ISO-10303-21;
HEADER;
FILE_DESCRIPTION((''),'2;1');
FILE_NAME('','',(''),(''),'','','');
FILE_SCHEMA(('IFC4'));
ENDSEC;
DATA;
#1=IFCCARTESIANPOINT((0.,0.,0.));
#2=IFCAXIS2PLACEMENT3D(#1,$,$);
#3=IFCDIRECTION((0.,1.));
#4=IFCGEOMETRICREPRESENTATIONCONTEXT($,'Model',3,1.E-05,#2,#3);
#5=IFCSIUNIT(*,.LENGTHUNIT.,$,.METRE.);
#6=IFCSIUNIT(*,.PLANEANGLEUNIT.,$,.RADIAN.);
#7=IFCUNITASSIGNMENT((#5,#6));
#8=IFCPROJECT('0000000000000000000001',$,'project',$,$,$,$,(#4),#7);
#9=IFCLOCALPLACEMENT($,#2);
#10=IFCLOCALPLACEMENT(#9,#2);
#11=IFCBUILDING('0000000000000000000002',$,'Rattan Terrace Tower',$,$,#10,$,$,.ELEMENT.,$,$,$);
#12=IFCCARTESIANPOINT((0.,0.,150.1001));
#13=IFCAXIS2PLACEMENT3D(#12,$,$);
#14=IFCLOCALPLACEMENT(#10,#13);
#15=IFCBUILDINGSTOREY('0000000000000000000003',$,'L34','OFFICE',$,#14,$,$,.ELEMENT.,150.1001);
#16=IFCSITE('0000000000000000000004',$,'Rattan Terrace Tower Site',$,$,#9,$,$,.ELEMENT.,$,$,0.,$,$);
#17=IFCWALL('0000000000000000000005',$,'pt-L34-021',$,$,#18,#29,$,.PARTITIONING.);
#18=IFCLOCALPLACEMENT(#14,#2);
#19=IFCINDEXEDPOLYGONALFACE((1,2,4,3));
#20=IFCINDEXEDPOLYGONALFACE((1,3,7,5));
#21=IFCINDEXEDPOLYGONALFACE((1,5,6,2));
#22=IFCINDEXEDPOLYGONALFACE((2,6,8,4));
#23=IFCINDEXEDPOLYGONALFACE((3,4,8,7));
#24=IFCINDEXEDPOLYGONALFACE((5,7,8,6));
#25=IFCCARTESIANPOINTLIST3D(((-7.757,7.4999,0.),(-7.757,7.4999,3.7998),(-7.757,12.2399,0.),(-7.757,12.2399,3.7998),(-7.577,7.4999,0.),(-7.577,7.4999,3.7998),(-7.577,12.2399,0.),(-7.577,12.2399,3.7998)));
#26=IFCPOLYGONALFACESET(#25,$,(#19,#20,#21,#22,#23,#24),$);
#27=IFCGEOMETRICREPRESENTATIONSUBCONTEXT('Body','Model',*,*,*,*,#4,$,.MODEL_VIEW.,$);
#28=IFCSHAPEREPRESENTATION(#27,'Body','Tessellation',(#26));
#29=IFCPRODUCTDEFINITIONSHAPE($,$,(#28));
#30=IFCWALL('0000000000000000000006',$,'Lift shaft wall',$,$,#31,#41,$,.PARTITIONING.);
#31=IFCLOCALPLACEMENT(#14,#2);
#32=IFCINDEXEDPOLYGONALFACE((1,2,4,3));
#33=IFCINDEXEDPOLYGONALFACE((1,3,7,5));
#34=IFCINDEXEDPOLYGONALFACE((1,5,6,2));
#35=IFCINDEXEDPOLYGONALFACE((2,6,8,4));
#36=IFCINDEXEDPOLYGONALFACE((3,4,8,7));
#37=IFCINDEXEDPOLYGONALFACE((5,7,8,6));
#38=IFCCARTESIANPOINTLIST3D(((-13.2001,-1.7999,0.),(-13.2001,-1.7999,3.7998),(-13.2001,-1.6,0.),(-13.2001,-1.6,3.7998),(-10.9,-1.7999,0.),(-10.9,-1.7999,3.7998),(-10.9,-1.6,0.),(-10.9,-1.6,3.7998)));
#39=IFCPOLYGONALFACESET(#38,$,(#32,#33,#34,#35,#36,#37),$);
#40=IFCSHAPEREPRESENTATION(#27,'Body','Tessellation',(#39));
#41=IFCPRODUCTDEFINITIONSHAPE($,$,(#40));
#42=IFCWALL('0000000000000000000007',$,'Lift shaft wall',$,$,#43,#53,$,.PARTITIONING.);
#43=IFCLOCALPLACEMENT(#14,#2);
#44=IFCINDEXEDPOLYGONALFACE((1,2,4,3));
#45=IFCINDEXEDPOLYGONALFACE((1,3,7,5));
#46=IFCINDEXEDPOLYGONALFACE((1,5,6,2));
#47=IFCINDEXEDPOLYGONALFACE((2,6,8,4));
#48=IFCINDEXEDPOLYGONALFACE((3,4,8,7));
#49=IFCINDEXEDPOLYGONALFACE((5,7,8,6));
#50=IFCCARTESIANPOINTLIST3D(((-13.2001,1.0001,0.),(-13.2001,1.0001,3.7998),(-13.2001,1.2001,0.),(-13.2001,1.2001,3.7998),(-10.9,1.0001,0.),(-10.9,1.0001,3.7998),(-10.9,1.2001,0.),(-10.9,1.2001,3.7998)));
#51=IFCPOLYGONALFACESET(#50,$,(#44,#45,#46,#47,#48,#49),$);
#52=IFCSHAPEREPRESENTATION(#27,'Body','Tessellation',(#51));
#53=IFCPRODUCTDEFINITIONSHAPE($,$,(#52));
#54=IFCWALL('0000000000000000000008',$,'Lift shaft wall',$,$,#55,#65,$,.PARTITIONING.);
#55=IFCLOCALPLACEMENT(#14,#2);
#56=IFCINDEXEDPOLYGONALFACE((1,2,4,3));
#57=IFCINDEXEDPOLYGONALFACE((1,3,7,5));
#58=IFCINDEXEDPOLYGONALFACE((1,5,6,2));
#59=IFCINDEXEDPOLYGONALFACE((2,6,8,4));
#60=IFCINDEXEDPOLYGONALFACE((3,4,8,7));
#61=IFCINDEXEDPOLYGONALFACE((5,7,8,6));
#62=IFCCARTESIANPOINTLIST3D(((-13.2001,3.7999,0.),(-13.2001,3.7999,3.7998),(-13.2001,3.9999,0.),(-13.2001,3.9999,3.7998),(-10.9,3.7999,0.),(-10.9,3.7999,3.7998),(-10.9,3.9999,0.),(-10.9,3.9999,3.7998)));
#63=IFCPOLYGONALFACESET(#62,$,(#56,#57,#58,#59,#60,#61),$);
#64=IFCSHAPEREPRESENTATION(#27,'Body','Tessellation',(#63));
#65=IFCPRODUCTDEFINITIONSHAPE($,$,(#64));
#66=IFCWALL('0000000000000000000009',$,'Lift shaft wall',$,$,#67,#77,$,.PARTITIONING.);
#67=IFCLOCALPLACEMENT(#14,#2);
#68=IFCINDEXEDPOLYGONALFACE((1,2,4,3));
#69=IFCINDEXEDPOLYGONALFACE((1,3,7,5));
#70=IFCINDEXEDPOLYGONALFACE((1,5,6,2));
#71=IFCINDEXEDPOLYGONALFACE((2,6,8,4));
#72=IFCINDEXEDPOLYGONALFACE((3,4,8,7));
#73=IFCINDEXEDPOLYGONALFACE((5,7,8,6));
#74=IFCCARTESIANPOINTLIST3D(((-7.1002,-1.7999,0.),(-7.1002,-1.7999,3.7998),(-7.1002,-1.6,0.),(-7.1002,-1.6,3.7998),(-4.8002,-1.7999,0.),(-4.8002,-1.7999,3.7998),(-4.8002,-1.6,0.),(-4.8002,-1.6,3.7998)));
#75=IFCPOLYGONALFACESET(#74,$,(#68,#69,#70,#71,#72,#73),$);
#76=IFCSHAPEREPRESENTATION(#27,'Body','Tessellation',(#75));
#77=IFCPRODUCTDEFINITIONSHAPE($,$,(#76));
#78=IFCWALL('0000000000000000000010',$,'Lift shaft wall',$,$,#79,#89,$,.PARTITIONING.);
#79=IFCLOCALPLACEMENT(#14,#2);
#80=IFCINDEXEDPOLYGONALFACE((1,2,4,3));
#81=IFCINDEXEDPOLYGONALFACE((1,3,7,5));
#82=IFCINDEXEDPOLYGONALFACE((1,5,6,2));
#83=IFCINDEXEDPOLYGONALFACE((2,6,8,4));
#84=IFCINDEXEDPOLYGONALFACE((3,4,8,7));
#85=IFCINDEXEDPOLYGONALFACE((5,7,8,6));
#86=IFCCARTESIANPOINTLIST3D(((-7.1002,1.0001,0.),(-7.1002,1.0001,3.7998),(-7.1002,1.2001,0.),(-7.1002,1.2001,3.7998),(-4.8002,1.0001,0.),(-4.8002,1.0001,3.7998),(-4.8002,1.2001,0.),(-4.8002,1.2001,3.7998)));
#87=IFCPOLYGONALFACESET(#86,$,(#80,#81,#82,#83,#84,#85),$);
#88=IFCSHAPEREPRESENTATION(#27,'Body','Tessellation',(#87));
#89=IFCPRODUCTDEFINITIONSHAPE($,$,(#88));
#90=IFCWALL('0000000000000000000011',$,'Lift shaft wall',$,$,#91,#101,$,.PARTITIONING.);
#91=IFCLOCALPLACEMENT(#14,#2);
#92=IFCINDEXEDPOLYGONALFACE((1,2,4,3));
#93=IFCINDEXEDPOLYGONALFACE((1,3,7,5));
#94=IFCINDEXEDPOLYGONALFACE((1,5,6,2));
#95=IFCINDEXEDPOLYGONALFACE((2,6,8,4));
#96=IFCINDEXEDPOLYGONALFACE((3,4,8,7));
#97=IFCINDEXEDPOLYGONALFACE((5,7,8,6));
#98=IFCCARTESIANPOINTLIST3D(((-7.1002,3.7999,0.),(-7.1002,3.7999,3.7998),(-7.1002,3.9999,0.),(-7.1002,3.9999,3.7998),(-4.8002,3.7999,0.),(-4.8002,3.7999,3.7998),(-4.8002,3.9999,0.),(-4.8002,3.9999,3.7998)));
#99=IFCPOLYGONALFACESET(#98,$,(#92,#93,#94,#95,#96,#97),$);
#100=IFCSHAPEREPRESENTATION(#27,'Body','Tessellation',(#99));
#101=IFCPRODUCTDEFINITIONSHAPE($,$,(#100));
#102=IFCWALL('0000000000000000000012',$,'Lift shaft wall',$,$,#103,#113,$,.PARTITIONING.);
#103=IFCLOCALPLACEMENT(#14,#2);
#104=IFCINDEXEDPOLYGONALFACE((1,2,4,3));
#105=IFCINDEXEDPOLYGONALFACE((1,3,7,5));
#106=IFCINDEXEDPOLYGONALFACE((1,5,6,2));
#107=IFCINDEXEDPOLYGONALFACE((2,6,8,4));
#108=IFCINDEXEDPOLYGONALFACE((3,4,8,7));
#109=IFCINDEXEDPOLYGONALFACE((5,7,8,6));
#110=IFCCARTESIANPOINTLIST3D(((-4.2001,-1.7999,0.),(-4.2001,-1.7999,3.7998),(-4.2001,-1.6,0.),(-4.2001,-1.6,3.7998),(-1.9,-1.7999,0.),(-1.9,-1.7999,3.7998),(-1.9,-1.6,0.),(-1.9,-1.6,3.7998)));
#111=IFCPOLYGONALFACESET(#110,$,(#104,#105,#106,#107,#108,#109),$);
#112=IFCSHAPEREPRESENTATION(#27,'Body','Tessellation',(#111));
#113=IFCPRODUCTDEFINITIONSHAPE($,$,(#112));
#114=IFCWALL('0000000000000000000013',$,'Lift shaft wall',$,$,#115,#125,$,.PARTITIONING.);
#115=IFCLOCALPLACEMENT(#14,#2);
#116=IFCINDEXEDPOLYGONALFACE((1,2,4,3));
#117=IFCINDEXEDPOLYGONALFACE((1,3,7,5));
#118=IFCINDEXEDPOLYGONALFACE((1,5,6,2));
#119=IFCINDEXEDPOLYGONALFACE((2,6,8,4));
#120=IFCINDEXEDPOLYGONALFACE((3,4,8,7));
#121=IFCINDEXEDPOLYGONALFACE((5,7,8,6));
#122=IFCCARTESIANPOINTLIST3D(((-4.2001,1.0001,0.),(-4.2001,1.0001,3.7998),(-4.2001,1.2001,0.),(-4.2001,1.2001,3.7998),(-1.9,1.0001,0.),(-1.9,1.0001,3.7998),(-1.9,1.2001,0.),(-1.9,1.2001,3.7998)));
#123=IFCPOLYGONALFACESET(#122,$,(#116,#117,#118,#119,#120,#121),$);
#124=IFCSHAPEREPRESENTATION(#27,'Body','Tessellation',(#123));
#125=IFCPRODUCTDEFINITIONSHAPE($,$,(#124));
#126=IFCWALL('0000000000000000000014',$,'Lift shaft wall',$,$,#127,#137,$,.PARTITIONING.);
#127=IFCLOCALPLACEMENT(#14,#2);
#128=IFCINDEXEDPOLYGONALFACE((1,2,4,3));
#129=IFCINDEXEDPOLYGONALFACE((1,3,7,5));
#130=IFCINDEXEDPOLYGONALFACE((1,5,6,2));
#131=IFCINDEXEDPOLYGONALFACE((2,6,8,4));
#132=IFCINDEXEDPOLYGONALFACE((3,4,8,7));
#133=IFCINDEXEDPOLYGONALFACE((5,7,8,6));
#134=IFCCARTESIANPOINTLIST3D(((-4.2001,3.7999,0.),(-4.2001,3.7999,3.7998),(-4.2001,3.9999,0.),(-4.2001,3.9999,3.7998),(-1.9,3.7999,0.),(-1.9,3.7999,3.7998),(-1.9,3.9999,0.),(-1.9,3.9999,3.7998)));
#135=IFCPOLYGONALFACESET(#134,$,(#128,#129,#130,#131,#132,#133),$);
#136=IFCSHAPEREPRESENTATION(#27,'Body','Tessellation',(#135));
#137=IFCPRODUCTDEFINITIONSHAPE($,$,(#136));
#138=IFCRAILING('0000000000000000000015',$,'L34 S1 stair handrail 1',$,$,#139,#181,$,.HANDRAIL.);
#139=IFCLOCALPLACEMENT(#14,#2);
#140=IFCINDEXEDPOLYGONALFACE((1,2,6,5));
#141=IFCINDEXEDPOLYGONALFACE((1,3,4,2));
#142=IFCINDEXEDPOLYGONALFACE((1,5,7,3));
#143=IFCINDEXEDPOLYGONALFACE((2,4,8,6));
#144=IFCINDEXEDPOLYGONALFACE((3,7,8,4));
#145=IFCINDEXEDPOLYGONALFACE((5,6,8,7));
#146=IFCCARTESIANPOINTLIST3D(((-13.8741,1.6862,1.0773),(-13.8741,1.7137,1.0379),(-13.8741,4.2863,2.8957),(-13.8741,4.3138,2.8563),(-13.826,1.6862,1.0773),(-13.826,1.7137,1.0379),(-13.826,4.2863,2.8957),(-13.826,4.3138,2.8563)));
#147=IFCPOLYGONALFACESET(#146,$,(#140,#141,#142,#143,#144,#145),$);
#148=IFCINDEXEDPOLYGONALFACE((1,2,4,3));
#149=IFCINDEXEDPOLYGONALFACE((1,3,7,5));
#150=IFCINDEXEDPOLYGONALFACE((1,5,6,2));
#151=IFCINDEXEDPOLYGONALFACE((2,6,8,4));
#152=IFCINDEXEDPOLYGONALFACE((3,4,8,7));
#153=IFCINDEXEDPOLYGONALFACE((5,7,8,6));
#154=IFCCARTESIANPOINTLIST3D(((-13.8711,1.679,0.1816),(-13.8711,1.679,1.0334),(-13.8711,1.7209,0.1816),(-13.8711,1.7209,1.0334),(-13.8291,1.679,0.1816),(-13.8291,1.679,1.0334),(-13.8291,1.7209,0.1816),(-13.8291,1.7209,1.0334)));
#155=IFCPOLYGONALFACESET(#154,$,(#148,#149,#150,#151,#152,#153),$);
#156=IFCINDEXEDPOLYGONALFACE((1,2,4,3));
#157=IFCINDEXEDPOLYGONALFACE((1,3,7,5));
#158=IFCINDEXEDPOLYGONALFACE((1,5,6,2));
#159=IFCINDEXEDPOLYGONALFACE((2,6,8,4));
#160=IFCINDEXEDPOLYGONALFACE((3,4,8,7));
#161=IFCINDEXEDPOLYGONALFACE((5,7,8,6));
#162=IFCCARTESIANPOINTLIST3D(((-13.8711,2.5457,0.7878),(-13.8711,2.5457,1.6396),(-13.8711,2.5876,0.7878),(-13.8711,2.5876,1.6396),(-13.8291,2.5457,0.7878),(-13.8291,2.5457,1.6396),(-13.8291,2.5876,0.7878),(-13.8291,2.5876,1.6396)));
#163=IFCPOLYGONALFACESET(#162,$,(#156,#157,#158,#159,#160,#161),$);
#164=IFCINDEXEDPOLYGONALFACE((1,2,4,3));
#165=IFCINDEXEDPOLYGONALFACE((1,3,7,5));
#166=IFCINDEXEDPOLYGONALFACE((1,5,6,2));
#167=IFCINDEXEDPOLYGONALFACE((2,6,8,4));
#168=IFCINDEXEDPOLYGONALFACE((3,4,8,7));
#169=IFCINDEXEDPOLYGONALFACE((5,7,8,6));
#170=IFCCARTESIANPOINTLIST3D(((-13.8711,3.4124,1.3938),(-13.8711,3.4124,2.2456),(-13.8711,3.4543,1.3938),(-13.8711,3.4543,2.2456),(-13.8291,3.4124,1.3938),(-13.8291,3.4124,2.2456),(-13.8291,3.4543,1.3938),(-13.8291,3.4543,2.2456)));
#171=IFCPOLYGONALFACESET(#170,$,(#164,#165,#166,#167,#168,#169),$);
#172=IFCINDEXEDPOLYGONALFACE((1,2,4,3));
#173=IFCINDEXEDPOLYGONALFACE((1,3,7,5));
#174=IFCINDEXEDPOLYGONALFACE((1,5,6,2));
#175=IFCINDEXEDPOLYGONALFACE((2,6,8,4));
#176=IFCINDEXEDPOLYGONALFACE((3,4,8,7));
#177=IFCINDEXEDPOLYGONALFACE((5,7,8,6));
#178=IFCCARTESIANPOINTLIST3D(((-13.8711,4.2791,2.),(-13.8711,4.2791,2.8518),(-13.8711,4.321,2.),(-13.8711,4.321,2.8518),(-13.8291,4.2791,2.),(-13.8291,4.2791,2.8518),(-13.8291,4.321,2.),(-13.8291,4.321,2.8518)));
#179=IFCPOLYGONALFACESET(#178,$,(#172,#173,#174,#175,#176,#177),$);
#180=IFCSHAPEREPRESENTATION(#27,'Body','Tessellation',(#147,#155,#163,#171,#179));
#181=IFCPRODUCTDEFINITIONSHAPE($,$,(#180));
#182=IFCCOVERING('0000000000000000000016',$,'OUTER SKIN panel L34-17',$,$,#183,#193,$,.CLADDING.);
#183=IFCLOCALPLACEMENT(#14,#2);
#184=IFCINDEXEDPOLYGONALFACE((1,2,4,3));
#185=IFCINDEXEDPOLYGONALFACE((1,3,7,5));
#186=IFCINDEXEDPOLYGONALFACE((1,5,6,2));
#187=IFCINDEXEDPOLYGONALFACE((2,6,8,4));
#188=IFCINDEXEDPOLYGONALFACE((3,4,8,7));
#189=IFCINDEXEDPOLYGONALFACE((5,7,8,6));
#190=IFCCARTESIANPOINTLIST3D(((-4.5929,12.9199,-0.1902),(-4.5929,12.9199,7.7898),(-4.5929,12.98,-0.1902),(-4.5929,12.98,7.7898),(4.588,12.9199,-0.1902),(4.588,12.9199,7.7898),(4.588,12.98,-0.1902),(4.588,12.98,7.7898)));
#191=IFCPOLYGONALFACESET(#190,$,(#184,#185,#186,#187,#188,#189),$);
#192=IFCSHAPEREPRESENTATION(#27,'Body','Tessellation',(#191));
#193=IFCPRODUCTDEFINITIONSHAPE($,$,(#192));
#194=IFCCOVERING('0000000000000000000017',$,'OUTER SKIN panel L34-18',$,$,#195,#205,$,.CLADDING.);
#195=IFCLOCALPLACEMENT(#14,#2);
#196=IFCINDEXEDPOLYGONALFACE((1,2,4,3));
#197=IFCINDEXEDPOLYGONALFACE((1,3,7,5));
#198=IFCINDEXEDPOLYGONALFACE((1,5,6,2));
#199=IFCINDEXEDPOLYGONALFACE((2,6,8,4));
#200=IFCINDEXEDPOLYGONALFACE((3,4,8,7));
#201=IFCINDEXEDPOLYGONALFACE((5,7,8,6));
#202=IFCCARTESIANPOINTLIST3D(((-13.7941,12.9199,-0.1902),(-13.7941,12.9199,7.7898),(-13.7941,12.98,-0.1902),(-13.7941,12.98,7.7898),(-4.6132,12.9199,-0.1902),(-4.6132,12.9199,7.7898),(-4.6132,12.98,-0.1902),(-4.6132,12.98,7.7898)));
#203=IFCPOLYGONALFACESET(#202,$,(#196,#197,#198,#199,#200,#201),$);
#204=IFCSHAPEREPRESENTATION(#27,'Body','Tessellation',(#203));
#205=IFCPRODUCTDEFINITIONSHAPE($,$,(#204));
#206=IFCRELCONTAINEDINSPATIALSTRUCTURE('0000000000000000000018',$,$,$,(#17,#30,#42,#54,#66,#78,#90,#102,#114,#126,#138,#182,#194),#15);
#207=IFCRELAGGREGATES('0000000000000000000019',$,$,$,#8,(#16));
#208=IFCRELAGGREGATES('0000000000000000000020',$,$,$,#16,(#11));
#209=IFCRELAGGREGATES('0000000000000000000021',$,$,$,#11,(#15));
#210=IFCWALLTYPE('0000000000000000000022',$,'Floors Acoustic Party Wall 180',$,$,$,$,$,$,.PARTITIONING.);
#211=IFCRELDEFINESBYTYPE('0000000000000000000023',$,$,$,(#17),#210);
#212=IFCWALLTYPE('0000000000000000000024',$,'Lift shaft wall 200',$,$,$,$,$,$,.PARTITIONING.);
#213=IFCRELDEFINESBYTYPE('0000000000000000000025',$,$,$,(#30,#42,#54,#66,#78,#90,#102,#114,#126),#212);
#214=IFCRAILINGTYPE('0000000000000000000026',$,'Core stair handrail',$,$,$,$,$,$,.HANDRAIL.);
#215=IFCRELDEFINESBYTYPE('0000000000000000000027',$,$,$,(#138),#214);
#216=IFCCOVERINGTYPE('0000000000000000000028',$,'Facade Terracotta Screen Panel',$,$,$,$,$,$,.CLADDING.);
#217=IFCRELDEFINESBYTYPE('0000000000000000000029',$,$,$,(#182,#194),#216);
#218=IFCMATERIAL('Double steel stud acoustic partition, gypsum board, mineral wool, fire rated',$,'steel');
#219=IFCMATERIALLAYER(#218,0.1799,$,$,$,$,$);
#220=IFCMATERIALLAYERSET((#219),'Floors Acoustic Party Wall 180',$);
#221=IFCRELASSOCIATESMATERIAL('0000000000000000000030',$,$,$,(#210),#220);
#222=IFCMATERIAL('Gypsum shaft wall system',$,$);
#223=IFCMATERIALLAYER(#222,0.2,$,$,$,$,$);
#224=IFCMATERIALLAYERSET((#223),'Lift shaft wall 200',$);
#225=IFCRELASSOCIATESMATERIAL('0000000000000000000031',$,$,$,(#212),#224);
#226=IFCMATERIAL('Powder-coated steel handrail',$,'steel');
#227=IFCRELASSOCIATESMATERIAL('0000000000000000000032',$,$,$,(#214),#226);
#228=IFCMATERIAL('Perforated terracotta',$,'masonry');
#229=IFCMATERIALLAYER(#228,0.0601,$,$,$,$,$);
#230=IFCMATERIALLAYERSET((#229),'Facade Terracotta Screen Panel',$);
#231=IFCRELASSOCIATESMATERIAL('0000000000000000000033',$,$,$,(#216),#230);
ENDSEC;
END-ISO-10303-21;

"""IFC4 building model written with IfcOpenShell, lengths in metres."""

from ifc_helpers import new_model, si_unit, direction, frame, frame_2d, origin, origin_2d, place, context, subcontext, project, spatial, rectangle, extrude, material, layer, layer_set, type_object, element, save


model = new_model("IFC4")

# Units and contexts
model_context = context("Model", 3, precision=1e-05, world=origin(), true_north=direction((0.0, 1.0)))
body_context = subcontext(model_context, "Body", "Model", "MODEL_VIEW")
ifc_project = project(units=[si_unit("LENGTHUNIT", "METRE"), si_unit("PLANEANGLEUNIT", "RADIAN")], contexts=[model_context])

# Site, building, storey
site_placement = place(None, origin())
site = spatial("IfcSite", under=ifc_project, at=site_placement, Name="Rattan Terrace Tower Site", CompositionType="ELEMENT", RefElevation=0.0)
building_placement = place(site_placement, origin())
building = spatial("IfcBuilding", under=site, at=building_placement, Name="Rattan Terrace Tower", CompositionType="ELEMENT")
storey_placement = place(building_placement, frame((0.0, 0.0, 150.1001)))
storey = spatial("IfcBuildingStorey", under=building, at=storey_placement, Name="L34", Description="OFFICE", CompositionType="ELEMENT", Elevation=150.1001)

# Walls
ifc_material_1 = material(Name="Double steel stud acoustic partition, gypsum board, mineral wool, fire rated", Category="steel")
ifc_layer_1 = layer(ifc_material_1, 0.1799)
ifc_layer_set_1 = layer_set([ifc_layer_1], Name="Floors Acoustic Party Wall 180")
wall_type_1 = type_object("IfcWallType", Name="Floors Acoustic Party Wall 180", PredefinedType="PARTITIONING", material=ifc_layer_set_1)
wall_placement = place(storey_placement, frame((-7.667, 12.24, 0.0), z_axis=(0.0, 0.0, 1.0), x_axis=(0.0, -1.0, 0.0)))
element("IfcWall", 1, at=wall_placement, inside=storey, type_object=wall_type_1, Name="pt-L34-021", PredefinedType="PARTITIONING", context=body_context, shape_type="SweptSolid", body=[
    extrude(rectangle(XDim=4.74, YDim=0.1799, at=frame_2d((2.3701, 0.0))), origin(), (0.0, 0.0, 1.0), 3.7998),
])
ifc_material_2 = material(Name="Gypsum shaft wall system")
ifc_layer_2 = layer(ifc_material_2, 0.2)
ifc_layer_set_2 = layer_set([ifc_layer_2], Name="Lift shaft wall 200")
wall_type_2 = type_object("IfcWallType", Name="Lift shaft wall 200", PredefinedType="PARTITIONING", material=ifc_layer_set_2)
for number, where, z_axis, x_axis, name in (
    (2, (-13.2, -1.7, 0.0), (0.0, 0.0, 1.0), (1.0, 0.0, 0.0), "Lift shaft wall"),
    (3, (-13.2, 1.1001, 0.0), (0.0, 0.0, 1.0), (1.0, 0.0, 0.0), "Lift shaft wall"),
    (4, (-13.2, 3.8999, 0.0), (0.0, 0.0, 1.0), (1.0, 0.0, 0.0), "Lift shaft wall"),
    (5, (-7.1001, -1.7, 0.0), (0.0, 0.0, 1.0), (1.0, 0.0, 0.0), "Lift shaft wall"),
    (6, (-7.1001, 1.1001, 0.0), (0.0, 0.0, 1.0), (1.0, 0.0, 0.0), "Lift shaft wall"),
    (7, (-7.1001, 3.8999, 0.0), (0.0, 0.0, 1.0), (1.0, 0.0, 0.0), "Lift shaft wall"),
    (8, (-4.2, -1.7, 0.0), (0.0, 0.0, 1.0), (1.0, 0.0, 0.0), "Lift shaft wall"),
    (9, (-4.2, 1.1001, 0.0), (0.0, 0.0, 1.0), (1.0, 0.0, 0.0), "Lift shaft wall"),
    (10, (-4.2, 3.8999, 0.0), (0.0, 0.0, 1.0), (1.0, 0.0, 0.0), "Lift shaft wall"),
):
    element("IfcWall", number, at=place(storey_placement, frame(where, z_axis=z_axis, x_axis=x_axis)), inside=storey, type_object=wall_type_2, Name=name, PredefinedType="PARTITIONING", context=body_context, shape_type="SweptSolid", body=[
        extrude(rectangle(XDim=2.3, YDim=0.2, at=frame_2d((1.1499, 0.0))), origin(), (0.0, 0.0, 1.0), 3.7998),
    ])

# Railing
ifc_material_3 = material(Name="Powder-coated steel handrail", Category="steel")
railing_type = type_object("IfcRailingType", Name="Core stair handrail", PredefinedType="HANDRAIL", material=ifc_material_3)
railing_placement = place(storey_placement, frame((-13.8501, 1.7, 0.1816)))
element("IfcRailing", 11, at=railing_placement, inside=storey, type_object=railing_type, Name="L34 S1 stair handrail 1", PredefinedType="HANDRAIL", context=body_context, shape_type="SweptSolid", body=[
    extrude(rectangle(XDim=0.0481, YDim=0.0481, at=origin_2d()), frame((0.0, 0.0, 0.876), z_axis=(0.0, 0.819485, 0.573101), x_axis=(-1.0, 0.0, 0.0)), (0.0, 0.0, 1.0), 3.1729),
    extrude(rectangle(XDim=0.042, YDim=0.042, at=origin_2d()), origin(), (0.0, 0.0, 1.0), 0.8518),
    extrude(rectangle(XDim=0.042, YDim=0.042, at=origin_2d()), frame((0.0, 0.8667, 0.6062)), (0.0, 0.0, 1.0), 0.8518),
    extrude(rectangle(XDim=0.042, YDim=0.042, at=origin_2d()), frame((0.0, 1.7334, 1.2122)), (0.0, 0.0, 1.0), 0.8518),
    extrude(rectangle(XDim=0.042, YDim=0.042, at=origin_2d()), frame((0.0, 2.6001, 1.8184)), (0.0, 0.0, 1.0), 0.8518),
])

# Coverings
ifc_material_4 = material(Name="Perforated terracotta", Category="masonry")
ifc_layer_3 = layer(ifc_material_4, 0.0601)
ifc_layer_set_3 = layer_set([ifc_layer_3], Name="Facade Terracotta Screen Panel")
covering_type = type_object("IfcCoveringType", Name="Facade Terracotta Screen Panel", PredefinedType="CLADDING", material=ifc_layer_set_3)
for number, where, z_axis, x_axis, name in (
    (12, (-0.0024, 12.95, -0.1902), (0.0, 0.0, 1.0), (-1.0, 0.0, 0.0), "OUTER SKIN panel L34-17"),
    (13, (-9.2036, 12.95, -0.1902), (0.0, 0.0, 1.0), (-1.0, 0.0, 0.0), "OUTER SKIN panel L34-18"),
):
    element("IfcCovering", number, at=place(storey_placement, frame(where, z_axis=z_axis, x_axis=x_axis)), inside=storey, type_object=covering_type, Name=name, PredefinedType="CLADDING", context=body_context, shape_type="SweptSolid", body=[
        extrude(rectangle(XDim=9.1809, YDim=0.0601, at=origin_2d()), origin(), (0.0, 0.0, 1.0), 7.98),
    ])

save(model, "model.ifc")
